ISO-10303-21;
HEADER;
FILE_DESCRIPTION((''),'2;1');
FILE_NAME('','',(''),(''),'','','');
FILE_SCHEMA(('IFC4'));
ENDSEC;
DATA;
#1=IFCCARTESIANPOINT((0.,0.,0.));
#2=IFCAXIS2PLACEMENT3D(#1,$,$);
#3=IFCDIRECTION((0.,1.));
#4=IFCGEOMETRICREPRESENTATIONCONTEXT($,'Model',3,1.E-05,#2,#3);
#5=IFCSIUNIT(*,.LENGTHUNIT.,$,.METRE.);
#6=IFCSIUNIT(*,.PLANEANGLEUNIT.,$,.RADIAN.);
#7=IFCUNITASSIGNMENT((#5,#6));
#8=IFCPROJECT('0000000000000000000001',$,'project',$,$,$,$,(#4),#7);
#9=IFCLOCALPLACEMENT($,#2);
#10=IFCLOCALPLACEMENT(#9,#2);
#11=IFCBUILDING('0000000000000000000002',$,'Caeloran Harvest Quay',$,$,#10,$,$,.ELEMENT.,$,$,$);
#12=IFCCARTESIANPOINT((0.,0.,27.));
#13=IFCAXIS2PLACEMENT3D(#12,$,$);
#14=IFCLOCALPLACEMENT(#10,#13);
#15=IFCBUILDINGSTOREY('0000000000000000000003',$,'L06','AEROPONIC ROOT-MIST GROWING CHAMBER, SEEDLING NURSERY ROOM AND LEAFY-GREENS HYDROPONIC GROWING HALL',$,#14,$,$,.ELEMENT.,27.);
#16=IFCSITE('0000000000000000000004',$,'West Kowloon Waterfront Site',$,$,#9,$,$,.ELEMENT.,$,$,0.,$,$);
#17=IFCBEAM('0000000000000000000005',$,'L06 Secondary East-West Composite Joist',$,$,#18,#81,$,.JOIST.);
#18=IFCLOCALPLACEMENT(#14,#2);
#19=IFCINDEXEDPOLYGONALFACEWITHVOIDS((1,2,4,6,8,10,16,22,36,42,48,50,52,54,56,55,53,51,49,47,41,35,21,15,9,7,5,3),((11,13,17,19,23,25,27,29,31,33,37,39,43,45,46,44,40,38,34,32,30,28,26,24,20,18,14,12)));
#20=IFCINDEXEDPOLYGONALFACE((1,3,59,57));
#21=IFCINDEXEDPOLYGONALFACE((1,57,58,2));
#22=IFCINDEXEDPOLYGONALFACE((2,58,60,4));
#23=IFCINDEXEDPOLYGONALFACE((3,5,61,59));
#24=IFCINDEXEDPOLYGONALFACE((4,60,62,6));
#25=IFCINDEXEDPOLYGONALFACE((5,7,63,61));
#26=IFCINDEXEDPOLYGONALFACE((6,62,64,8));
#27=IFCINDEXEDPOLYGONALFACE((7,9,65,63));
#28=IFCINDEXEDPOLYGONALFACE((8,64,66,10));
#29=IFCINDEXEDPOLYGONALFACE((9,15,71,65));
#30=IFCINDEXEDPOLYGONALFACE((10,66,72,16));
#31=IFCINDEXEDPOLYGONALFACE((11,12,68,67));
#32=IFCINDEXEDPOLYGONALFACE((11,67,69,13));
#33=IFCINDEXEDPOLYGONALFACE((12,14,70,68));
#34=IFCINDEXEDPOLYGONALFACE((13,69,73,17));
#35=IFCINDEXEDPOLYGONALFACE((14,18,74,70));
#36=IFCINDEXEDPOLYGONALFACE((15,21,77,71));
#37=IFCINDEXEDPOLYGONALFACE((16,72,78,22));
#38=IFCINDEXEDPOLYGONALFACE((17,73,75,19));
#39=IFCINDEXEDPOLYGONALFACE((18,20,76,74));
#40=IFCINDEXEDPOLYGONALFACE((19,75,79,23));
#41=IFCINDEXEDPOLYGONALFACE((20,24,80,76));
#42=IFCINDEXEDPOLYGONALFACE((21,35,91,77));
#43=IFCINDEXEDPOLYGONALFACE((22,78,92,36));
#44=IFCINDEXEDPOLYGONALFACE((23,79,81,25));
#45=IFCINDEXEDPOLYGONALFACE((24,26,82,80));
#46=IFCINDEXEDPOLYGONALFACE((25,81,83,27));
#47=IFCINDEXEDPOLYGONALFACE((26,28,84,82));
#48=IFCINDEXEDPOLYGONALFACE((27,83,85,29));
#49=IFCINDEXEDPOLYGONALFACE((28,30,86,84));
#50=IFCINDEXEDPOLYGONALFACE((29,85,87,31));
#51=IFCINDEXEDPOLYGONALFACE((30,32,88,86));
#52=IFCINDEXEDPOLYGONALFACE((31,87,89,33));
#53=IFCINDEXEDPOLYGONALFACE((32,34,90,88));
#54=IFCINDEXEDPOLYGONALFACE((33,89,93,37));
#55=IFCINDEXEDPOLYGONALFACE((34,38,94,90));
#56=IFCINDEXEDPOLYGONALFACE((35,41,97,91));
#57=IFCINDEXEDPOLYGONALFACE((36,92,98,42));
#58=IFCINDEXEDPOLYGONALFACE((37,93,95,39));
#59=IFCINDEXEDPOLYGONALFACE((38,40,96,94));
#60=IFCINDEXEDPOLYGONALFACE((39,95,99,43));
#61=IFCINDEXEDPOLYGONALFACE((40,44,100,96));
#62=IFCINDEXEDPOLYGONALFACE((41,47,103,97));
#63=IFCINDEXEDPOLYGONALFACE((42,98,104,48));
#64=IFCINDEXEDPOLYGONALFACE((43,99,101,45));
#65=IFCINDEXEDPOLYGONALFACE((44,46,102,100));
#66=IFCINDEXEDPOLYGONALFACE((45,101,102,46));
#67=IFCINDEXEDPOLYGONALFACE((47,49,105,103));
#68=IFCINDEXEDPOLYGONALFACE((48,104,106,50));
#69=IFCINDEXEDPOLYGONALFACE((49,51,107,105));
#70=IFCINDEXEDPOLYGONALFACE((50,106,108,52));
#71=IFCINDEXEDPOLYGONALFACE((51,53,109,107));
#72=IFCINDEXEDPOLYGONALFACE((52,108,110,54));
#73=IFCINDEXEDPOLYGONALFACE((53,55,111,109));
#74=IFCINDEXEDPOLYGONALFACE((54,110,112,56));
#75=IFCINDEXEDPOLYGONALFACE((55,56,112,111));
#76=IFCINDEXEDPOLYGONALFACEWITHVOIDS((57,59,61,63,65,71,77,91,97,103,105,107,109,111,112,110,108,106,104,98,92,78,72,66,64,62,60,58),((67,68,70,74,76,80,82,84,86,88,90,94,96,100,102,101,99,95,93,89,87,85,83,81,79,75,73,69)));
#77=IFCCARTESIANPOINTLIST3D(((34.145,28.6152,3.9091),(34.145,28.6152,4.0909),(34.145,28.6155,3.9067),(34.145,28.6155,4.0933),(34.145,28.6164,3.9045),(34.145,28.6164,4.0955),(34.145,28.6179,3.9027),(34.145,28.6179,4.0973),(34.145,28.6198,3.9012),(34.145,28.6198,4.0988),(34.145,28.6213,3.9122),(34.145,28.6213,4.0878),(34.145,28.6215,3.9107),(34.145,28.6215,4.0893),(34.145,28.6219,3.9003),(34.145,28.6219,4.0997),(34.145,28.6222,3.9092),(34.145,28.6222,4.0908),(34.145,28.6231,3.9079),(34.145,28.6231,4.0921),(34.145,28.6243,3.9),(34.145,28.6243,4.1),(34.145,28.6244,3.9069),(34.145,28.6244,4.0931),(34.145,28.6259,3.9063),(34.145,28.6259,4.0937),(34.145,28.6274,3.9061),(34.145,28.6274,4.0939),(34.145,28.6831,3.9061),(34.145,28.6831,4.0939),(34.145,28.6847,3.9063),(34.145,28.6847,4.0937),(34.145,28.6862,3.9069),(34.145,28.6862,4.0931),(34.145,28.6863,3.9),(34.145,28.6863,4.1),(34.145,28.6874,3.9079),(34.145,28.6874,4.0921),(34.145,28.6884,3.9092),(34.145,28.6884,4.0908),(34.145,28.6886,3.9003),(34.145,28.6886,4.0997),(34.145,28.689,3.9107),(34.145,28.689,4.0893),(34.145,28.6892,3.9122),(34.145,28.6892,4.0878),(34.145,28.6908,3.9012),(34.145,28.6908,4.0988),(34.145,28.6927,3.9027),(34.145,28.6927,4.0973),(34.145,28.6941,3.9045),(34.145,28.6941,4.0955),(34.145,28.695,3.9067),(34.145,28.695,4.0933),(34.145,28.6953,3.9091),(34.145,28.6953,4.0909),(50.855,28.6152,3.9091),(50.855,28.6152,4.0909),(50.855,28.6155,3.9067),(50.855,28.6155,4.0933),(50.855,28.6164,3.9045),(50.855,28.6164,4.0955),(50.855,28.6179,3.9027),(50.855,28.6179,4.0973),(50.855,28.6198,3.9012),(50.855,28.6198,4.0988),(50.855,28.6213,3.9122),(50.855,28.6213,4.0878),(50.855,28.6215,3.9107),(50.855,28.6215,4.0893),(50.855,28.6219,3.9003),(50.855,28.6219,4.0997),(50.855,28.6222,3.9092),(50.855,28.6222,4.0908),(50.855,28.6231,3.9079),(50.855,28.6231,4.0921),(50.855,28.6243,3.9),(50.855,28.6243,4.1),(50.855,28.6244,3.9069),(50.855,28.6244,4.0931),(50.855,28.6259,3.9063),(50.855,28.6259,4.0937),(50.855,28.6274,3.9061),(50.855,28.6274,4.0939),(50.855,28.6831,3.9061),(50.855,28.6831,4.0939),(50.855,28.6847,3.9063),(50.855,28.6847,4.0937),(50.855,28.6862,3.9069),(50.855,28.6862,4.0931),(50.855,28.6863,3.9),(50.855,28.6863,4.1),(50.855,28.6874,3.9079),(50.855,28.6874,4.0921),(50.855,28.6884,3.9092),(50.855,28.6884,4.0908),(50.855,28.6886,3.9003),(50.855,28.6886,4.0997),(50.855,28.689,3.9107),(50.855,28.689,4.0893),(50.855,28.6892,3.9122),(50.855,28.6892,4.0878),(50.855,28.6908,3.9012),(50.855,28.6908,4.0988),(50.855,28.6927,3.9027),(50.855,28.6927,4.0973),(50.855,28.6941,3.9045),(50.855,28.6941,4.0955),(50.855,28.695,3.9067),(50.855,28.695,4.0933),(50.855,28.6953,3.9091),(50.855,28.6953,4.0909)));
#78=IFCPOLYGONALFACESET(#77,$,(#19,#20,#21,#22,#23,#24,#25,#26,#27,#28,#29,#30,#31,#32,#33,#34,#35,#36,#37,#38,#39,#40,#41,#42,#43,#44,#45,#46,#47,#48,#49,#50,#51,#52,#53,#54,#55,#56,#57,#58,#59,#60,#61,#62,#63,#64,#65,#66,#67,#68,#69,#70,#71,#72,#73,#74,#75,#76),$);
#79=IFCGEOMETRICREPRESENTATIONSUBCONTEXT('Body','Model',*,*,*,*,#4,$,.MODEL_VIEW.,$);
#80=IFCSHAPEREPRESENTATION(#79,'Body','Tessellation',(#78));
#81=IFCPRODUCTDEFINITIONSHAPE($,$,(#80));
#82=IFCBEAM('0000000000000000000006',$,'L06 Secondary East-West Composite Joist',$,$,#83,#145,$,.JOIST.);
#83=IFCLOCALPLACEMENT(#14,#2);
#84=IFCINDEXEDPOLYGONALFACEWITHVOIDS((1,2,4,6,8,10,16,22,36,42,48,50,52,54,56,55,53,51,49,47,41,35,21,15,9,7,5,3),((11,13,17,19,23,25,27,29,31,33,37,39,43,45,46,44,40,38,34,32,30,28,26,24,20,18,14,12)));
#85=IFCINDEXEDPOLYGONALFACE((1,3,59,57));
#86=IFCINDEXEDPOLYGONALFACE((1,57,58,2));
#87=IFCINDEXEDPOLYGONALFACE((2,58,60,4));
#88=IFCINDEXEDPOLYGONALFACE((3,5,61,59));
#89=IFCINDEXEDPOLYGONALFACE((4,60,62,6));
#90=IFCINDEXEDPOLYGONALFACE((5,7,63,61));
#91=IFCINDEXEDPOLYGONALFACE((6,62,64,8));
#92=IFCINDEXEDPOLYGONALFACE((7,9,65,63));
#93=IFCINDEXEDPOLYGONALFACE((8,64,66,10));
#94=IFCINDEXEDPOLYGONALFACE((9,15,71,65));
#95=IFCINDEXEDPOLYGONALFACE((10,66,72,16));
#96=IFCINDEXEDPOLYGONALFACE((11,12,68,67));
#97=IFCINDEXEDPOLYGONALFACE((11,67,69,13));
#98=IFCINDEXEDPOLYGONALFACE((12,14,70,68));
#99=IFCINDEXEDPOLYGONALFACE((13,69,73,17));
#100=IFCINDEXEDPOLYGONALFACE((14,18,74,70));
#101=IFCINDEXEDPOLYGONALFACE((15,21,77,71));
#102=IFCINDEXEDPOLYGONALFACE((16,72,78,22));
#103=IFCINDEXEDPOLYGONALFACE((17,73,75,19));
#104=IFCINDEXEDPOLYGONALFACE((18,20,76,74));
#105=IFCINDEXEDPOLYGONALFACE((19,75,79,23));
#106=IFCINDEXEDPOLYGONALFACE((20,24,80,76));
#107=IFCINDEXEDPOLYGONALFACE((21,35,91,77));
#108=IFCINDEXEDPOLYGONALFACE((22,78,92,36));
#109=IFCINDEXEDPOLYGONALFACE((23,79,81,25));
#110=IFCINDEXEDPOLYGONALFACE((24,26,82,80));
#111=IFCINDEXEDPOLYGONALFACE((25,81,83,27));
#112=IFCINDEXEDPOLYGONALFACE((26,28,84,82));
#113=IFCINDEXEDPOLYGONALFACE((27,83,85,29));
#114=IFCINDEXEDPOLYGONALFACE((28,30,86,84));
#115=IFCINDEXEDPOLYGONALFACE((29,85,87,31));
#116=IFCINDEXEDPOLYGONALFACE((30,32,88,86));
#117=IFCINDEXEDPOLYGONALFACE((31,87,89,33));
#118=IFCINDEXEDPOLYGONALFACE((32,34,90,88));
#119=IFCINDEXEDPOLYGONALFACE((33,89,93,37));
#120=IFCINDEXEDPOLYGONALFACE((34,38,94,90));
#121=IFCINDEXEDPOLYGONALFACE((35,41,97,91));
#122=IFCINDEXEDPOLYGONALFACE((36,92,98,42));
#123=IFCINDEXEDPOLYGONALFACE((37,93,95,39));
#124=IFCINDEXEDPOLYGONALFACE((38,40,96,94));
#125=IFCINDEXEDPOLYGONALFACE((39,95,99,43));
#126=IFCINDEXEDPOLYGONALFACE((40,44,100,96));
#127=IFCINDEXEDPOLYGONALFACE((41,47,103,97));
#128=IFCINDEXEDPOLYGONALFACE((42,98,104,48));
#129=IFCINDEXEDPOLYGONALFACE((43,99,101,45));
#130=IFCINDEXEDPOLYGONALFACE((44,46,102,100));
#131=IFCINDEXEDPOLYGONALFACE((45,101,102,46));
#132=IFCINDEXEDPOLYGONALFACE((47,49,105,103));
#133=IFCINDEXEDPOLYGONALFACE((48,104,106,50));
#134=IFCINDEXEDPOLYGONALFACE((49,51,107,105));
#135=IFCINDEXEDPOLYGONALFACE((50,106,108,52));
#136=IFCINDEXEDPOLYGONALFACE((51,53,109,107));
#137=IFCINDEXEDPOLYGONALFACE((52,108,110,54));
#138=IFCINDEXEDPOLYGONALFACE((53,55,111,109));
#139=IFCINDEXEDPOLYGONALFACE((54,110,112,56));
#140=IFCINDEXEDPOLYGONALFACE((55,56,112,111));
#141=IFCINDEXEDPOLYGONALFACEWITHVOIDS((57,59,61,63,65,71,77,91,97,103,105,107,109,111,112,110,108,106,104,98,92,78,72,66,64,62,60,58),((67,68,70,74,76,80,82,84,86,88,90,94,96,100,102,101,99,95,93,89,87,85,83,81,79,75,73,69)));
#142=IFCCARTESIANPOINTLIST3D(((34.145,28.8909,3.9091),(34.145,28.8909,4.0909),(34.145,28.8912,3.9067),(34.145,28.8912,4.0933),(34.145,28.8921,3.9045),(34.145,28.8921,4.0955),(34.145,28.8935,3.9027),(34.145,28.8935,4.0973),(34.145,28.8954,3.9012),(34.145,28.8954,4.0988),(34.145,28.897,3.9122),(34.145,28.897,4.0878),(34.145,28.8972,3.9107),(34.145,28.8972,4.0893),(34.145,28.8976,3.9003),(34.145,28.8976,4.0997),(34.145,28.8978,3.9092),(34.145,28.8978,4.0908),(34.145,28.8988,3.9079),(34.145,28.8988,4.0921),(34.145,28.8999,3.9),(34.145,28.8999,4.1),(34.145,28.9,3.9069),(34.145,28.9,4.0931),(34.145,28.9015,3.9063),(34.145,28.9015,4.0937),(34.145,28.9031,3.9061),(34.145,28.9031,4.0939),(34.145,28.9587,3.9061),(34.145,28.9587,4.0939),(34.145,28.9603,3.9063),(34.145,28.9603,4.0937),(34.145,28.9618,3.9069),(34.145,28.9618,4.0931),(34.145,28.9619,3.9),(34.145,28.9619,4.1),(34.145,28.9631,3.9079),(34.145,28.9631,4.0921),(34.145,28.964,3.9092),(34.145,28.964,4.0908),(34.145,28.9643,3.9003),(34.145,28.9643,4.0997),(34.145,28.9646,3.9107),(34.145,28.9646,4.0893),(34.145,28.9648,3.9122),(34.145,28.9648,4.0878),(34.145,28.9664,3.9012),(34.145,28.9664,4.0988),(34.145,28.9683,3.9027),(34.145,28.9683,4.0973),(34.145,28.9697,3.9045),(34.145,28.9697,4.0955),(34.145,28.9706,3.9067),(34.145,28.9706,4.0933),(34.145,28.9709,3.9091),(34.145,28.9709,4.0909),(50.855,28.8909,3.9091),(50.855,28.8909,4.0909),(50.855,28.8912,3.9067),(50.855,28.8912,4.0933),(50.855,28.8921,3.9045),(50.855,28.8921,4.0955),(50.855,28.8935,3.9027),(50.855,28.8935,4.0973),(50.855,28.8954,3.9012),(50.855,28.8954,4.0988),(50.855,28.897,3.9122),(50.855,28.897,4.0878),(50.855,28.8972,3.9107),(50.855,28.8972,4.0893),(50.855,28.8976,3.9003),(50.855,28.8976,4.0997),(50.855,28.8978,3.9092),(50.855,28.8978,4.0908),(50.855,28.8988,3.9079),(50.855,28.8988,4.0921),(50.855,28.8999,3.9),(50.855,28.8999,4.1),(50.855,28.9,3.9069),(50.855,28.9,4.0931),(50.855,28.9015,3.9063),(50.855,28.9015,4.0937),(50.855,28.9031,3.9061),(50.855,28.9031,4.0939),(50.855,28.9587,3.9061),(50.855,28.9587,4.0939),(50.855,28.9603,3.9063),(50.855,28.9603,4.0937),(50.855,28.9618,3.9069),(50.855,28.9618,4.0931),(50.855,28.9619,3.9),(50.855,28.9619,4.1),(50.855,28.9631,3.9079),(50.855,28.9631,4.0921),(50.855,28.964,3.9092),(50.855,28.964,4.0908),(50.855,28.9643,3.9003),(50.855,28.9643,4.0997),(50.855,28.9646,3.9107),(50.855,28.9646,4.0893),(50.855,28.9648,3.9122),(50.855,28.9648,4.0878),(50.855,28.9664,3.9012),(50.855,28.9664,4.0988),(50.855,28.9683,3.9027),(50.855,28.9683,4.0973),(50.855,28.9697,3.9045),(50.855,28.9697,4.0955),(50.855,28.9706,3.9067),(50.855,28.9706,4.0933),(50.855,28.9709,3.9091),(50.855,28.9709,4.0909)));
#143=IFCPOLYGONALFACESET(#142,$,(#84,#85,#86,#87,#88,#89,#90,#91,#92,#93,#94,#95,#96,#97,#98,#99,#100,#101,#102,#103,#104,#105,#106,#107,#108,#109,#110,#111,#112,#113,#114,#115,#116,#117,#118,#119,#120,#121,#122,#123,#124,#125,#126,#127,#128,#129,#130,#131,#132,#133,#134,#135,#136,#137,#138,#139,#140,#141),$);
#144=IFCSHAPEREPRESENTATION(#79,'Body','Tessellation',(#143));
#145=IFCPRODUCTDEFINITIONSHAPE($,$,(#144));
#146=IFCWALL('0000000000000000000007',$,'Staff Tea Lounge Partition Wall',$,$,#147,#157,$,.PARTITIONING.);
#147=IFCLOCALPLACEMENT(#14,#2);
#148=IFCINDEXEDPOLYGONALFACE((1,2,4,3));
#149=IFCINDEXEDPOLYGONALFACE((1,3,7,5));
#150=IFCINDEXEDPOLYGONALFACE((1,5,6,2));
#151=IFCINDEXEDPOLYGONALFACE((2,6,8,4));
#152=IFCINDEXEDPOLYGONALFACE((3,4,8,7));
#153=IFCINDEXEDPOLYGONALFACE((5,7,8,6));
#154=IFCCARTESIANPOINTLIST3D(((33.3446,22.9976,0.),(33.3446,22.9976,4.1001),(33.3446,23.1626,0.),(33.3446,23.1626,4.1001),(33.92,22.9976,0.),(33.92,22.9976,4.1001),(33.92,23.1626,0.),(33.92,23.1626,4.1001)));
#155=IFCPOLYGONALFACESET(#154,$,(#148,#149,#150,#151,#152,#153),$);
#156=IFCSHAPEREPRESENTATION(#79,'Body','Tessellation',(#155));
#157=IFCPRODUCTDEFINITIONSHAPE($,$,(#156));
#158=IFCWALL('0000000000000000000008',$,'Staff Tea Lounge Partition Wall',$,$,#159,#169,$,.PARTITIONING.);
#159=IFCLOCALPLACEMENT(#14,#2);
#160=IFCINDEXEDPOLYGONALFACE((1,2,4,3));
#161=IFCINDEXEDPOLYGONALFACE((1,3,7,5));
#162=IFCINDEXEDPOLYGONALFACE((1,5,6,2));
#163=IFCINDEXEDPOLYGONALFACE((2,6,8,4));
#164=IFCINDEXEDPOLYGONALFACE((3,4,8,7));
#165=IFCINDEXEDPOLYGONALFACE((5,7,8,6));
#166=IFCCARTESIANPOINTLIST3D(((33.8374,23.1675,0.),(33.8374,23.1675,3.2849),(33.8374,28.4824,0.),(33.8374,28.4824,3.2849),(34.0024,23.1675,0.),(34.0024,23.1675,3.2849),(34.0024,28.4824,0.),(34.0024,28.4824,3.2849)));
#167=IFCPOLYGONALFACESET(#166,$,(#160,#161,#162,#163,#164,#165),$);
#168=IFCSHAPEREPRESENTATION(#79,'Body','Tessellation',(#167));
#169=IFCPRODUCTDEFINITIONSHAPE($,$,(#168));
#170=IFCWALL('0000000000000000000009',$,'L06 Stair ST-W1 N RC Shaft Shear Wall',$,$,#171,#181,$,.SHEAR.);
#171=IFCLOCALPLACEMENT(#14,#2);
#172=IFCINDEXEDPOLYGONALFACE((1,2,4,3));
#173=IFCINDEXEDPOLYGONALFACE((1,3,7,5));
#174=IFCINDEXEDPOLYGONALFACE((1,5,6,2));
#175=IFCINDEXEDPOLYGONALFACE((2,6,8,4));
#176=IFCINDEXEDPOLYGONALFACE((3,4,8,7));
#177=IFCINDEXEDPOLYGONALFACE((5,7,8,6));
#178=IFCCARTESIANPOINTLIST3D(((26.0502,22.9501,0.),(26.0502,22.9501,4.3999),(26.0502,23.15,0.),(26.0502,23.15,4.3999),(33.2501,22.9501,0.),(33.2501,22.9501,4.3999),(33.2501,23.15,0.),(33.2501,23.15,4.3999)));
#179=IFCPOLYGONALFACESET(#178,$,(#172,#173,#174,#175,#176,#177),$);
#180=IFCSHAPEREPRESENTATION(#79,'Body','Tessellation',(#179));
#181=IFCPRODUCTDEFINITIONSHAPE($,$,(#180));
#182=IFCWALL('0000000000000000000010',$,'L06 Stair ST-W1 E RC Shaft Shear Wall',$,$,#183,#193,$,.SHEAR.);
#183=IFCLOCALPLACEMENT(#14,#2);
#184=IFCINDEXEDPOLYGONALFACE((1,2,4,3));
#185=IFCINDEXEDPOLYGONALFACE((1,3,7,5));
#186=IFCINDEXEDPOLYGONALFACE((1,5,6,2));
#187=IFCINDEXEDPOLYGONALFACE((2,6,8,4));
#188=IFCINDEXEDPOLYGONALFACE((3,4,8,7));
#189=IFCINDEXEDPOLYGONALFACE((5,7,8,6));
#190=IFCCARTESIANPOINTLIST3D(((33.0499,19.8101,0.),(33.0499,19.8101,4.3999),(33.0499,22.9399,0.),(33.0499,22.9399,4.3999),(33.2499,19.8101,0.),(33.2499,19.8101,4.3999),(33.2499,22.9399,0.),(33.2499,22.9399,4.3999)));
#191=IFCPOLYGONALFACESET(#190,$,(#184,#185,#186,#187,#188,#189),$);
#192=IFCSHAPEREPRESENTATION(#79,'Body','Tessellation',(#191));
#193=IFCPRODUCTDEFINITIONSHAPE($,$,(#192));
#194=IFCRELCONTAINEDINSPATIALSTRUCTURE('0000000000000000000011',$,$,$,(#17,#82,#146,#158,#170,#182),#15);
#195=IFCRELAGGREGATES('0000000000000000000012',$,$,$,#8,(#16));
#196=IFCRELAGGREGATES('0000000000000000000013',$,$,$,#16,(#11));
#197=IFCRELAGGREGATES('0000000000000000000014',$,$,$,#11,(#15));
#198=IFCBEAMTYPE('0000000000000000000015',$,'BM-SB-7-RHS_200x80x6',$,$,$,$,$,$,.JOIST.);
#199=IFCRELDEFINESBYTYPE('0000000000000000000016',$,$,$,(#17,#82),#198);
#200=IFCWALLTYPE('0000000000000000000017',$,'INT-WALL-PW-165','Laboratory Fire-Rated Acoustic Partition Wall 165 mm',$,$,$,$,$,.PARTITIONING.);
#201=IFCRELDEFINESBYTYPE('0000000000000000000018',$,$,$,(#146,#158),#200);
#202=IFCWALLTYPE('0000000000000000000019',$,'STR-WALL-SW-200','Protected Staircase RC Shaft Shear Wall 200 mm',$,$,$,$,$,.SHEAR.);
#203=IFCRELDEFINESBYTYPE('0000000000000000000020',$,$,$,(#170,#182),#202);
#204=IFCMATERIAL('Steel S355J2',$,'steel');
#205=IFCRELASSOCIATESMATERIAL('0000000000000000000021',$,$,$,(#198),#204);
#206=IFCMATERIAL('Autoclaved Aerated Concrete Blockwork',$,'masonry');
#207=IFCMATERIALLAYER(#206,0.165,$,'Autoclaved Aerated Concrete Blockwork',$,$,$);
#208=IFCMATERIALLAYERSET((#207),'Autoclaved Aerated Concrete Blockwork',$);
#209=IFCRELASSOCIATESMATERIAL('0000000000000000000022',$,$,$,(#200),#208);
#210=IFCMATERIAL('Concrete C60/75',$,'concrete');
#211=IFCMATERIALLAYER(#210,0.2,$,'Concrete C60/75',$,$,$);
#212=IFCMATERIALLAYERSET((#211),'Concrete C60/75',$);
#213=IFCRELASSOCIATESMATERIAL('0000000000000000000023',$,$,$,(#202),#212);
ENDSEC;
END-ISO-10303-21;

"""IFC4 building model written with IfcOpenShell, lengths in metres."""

from ifc_helpers import new_model, si_unit, direction, frame, frame_2d, origin, origin_2d, place, context, subcontext, project, spatial, rectangle, hollow_rectangle, extrude, material, layer, layer_set, material_profile, profile_set, type_object, element, save


model = new_model("IFC4")

# Units and contexts
model_context = context("Model", 3, precision=1e-05, world=origin(), true_north=direction((0.0, 1.0)))
body_context = subcontext(model_context, "Body", "Model", "MODEL_VIEW")
ifc_project = project(units=[si_unit("LENGTHUNIT", "METRE"), si_unit("PLANEANGLEUNIT", "RADIAN")], contexts=[model_context])

# Site, building, storey
site_placement = place(None, origin())
site = spatial("IfcSite", under=ifc_project, at=site_placement, Name="West Kowloon Waterfront Site", CompositionType="ELEMENT", RefElevation=0.0)
building_placement = place(site_placement, origin())
building = spatial("IfcBuilding", under=site, at=building_placement, Name="Caeloran Harvest Quay", CompositionType="ELEMENT")
storey_placement = place(building_placement, frame((0.0, 0.0, 27.0)))
storey = spatial("IfcBuildingStorey", under=building, at=storey_placement, Name="L06", Description="AEROPONIC ROOT-MIST GROWING CHAMBER, SEEDLING NURSERY ROOM AND LEAFY-GREENS HYDROPONIC GROWING HALL", CompositionType="ELEMENT", Elevation=27.0)

# Beams
ifc_material_1 = material(Name="Steel S355J2", Category="steel")
ifc_material_profile_1 = material_profile(ifc_material_1, hollow_rectangle(XDim=0.0801, YDim=0.2, WallThickness=0.0061, InnerFilletRadius=0.0061, OuterFilletRadius=0.009, at=origin_2d()), Name="RHS 200x80x6")
ifc_profile_set_1 = profile_set([ifc_material_profile_1], Name="Steel S355J2")
beam_type_1 = type_object("IfcBeamType", Name="BM-SB-7-RHS_200x80x6", PredefinedType="JOIST", material=ifc_profile_set_1)
for number, where, z_axis, x_axis, name in (
    (1, (34.145, 28.6553, 4.0), (1.0, 0.0, 0.0), (0.0, 1.0, 0.0), "L06 Secondary East-West Composite Joist"),
    (2, (34.145, 28.9309, 4.0), (1.0, 0.0, 0.0), (0.0, 1.0, 0.0), "L06 Secondary East-West Composite Joist"),
):
    element("IfcBeam", number, at=place(storey_placement, frame(where, z_axis=z_axis, x_axis=x_axis)), inside=storey, type_object=beam_type_1, Name=name, PredefinedType="JOIST", context=body_context, shape_type="SweptSolid", body=[
        extrude(hollow_rectangle(XDim=0.0801, YDim=0.2, WallThickness=0.0061, InnerFilletRadius=0.0061, OuterFilletRadius=0.009, at=origin_2d()), origin(), (0.0, 0.0, 1.0), 16.71),
    ])

# Walls
ifc_material_2 = material(Name="Autoclaved Aerated Concrete Blockwork", Category="masonry")
ifc_layer_1 = layer(ifc_material_2, 0.165, Name="Autoclaved Aerated Concrete Blockwork")
ifc_layer_set_1 = layer_set([ifc_layer_1], Name="Autoclaved Aerated Concrete Blockwork")
wall_type_1 = type_object("IfcWallType", Name="INT-WALL-PW-165", Description="Laboratory Fire-Rated Acoustic Partition Wall 165 mm", PredefinedType="PARTITIONING", material=ifc_layer_set_1)
wall_1_placement = place(storey_placement, frame((33.9199, 23.0801, 0.0), z_axis=(0.0, 0.0, 1.0), x_axis=(-1.0, 0.0, 0.0)))
element("IfcWall", 3, at=wall_1_placement, inside=storey, type_object=wall_type_1, Name="Staff Tea Lounge Partition Wall", PredefinedType="PARTITIONING", context=body_context, shape_type="SweptSolid", body=[
    extrude(rectangle(XDim=0.5754, YDim=0.165, at=frame_2d((0.2876, 0.0))), origin(), (0.0, 0.0, 1.0), 4.1001),
])
wall_2_placement = place(storey_placement, frame((33.9199, 28.4824, 0.0), z_axis=(0.0, 0.0, 1.0), x_axis=(0.0, -1.0, 0.0)))
element("IfcWall", 4, at=wall_2_placement, inside=storey, type_object=wall_type_1, Name="Staff Tea Lounge Partition Wall", PredefinedType="PARTITIONING", context=body_context, shape_type="SweptSolid", body=[
    extrude(rectangle(XDim=5.3149, YDim=0.165, at=frame_2d((2.6575, 0.0))), origin(), (0.0, 0.0, 1.0), 3.2849),
])
ifc_material_3 = material(Name="Concrete C60/75", Category="concrete")
ifc_layer_2 = layer(ifc_material_3, 0.2, Name="Concrete C60/75")
ifc_layer_set_2 = layer_set([ifc_layer_2], Name="Concrete C60/75")
wall_type_2 = type_object("IfcWallType", Name="STR-WALL-SW-200", Description="Protected Staircase RC Shaft Shear Wall 200 mm", PredefinedType="SHEAR", material=ifc_layer_set_2)
wall_3_placement = place(storey_placement, frame((26.05, 23.05, 0.0), z_axis=(0.0, 0.0, 1.0), x_axis=(1.0, 0.0, 0.0)))
element("IfcWall", 5, at=wall_3_placement, inside=storey, type_object=wall_type_2, Name="L06 Stair ST-W1 N RC Shaft Shear Wall", PredefinedType="SHEAR", context=body_context, shape_type="SweptSolid", body=[
    extrude(rectangle(XDim=7.2, YDim=0.2, at=frame_2d((3.6001, 0.0))), origin(), (0.0, 0.0, 1.0), 4.3999),
])
wall_4_placement = place(storey_placement, frame((33.1499, 19.8101, 0.0), z_axis=(0.0, 0.0, 1.0), x_axis=(0.0, 1.0, 0.0)))
element("IfcWall", 6, at=wall_4_placement, inside=storey, type_object=wall_type_2, Name="L06 Stair ST-W1 E RC Shaft Shear Wall", PredefinedType="SHEAR", context=body_context, shape_type="SweptSolid", body=[
    extrude(rectangle(XDim=3.1299, YDim=0.2, at=frame_2d((1.5649, 0.0))), origin(), (0.0, 0.0, 1.0), 4.3999),
])

save(model, "model.ifc")
